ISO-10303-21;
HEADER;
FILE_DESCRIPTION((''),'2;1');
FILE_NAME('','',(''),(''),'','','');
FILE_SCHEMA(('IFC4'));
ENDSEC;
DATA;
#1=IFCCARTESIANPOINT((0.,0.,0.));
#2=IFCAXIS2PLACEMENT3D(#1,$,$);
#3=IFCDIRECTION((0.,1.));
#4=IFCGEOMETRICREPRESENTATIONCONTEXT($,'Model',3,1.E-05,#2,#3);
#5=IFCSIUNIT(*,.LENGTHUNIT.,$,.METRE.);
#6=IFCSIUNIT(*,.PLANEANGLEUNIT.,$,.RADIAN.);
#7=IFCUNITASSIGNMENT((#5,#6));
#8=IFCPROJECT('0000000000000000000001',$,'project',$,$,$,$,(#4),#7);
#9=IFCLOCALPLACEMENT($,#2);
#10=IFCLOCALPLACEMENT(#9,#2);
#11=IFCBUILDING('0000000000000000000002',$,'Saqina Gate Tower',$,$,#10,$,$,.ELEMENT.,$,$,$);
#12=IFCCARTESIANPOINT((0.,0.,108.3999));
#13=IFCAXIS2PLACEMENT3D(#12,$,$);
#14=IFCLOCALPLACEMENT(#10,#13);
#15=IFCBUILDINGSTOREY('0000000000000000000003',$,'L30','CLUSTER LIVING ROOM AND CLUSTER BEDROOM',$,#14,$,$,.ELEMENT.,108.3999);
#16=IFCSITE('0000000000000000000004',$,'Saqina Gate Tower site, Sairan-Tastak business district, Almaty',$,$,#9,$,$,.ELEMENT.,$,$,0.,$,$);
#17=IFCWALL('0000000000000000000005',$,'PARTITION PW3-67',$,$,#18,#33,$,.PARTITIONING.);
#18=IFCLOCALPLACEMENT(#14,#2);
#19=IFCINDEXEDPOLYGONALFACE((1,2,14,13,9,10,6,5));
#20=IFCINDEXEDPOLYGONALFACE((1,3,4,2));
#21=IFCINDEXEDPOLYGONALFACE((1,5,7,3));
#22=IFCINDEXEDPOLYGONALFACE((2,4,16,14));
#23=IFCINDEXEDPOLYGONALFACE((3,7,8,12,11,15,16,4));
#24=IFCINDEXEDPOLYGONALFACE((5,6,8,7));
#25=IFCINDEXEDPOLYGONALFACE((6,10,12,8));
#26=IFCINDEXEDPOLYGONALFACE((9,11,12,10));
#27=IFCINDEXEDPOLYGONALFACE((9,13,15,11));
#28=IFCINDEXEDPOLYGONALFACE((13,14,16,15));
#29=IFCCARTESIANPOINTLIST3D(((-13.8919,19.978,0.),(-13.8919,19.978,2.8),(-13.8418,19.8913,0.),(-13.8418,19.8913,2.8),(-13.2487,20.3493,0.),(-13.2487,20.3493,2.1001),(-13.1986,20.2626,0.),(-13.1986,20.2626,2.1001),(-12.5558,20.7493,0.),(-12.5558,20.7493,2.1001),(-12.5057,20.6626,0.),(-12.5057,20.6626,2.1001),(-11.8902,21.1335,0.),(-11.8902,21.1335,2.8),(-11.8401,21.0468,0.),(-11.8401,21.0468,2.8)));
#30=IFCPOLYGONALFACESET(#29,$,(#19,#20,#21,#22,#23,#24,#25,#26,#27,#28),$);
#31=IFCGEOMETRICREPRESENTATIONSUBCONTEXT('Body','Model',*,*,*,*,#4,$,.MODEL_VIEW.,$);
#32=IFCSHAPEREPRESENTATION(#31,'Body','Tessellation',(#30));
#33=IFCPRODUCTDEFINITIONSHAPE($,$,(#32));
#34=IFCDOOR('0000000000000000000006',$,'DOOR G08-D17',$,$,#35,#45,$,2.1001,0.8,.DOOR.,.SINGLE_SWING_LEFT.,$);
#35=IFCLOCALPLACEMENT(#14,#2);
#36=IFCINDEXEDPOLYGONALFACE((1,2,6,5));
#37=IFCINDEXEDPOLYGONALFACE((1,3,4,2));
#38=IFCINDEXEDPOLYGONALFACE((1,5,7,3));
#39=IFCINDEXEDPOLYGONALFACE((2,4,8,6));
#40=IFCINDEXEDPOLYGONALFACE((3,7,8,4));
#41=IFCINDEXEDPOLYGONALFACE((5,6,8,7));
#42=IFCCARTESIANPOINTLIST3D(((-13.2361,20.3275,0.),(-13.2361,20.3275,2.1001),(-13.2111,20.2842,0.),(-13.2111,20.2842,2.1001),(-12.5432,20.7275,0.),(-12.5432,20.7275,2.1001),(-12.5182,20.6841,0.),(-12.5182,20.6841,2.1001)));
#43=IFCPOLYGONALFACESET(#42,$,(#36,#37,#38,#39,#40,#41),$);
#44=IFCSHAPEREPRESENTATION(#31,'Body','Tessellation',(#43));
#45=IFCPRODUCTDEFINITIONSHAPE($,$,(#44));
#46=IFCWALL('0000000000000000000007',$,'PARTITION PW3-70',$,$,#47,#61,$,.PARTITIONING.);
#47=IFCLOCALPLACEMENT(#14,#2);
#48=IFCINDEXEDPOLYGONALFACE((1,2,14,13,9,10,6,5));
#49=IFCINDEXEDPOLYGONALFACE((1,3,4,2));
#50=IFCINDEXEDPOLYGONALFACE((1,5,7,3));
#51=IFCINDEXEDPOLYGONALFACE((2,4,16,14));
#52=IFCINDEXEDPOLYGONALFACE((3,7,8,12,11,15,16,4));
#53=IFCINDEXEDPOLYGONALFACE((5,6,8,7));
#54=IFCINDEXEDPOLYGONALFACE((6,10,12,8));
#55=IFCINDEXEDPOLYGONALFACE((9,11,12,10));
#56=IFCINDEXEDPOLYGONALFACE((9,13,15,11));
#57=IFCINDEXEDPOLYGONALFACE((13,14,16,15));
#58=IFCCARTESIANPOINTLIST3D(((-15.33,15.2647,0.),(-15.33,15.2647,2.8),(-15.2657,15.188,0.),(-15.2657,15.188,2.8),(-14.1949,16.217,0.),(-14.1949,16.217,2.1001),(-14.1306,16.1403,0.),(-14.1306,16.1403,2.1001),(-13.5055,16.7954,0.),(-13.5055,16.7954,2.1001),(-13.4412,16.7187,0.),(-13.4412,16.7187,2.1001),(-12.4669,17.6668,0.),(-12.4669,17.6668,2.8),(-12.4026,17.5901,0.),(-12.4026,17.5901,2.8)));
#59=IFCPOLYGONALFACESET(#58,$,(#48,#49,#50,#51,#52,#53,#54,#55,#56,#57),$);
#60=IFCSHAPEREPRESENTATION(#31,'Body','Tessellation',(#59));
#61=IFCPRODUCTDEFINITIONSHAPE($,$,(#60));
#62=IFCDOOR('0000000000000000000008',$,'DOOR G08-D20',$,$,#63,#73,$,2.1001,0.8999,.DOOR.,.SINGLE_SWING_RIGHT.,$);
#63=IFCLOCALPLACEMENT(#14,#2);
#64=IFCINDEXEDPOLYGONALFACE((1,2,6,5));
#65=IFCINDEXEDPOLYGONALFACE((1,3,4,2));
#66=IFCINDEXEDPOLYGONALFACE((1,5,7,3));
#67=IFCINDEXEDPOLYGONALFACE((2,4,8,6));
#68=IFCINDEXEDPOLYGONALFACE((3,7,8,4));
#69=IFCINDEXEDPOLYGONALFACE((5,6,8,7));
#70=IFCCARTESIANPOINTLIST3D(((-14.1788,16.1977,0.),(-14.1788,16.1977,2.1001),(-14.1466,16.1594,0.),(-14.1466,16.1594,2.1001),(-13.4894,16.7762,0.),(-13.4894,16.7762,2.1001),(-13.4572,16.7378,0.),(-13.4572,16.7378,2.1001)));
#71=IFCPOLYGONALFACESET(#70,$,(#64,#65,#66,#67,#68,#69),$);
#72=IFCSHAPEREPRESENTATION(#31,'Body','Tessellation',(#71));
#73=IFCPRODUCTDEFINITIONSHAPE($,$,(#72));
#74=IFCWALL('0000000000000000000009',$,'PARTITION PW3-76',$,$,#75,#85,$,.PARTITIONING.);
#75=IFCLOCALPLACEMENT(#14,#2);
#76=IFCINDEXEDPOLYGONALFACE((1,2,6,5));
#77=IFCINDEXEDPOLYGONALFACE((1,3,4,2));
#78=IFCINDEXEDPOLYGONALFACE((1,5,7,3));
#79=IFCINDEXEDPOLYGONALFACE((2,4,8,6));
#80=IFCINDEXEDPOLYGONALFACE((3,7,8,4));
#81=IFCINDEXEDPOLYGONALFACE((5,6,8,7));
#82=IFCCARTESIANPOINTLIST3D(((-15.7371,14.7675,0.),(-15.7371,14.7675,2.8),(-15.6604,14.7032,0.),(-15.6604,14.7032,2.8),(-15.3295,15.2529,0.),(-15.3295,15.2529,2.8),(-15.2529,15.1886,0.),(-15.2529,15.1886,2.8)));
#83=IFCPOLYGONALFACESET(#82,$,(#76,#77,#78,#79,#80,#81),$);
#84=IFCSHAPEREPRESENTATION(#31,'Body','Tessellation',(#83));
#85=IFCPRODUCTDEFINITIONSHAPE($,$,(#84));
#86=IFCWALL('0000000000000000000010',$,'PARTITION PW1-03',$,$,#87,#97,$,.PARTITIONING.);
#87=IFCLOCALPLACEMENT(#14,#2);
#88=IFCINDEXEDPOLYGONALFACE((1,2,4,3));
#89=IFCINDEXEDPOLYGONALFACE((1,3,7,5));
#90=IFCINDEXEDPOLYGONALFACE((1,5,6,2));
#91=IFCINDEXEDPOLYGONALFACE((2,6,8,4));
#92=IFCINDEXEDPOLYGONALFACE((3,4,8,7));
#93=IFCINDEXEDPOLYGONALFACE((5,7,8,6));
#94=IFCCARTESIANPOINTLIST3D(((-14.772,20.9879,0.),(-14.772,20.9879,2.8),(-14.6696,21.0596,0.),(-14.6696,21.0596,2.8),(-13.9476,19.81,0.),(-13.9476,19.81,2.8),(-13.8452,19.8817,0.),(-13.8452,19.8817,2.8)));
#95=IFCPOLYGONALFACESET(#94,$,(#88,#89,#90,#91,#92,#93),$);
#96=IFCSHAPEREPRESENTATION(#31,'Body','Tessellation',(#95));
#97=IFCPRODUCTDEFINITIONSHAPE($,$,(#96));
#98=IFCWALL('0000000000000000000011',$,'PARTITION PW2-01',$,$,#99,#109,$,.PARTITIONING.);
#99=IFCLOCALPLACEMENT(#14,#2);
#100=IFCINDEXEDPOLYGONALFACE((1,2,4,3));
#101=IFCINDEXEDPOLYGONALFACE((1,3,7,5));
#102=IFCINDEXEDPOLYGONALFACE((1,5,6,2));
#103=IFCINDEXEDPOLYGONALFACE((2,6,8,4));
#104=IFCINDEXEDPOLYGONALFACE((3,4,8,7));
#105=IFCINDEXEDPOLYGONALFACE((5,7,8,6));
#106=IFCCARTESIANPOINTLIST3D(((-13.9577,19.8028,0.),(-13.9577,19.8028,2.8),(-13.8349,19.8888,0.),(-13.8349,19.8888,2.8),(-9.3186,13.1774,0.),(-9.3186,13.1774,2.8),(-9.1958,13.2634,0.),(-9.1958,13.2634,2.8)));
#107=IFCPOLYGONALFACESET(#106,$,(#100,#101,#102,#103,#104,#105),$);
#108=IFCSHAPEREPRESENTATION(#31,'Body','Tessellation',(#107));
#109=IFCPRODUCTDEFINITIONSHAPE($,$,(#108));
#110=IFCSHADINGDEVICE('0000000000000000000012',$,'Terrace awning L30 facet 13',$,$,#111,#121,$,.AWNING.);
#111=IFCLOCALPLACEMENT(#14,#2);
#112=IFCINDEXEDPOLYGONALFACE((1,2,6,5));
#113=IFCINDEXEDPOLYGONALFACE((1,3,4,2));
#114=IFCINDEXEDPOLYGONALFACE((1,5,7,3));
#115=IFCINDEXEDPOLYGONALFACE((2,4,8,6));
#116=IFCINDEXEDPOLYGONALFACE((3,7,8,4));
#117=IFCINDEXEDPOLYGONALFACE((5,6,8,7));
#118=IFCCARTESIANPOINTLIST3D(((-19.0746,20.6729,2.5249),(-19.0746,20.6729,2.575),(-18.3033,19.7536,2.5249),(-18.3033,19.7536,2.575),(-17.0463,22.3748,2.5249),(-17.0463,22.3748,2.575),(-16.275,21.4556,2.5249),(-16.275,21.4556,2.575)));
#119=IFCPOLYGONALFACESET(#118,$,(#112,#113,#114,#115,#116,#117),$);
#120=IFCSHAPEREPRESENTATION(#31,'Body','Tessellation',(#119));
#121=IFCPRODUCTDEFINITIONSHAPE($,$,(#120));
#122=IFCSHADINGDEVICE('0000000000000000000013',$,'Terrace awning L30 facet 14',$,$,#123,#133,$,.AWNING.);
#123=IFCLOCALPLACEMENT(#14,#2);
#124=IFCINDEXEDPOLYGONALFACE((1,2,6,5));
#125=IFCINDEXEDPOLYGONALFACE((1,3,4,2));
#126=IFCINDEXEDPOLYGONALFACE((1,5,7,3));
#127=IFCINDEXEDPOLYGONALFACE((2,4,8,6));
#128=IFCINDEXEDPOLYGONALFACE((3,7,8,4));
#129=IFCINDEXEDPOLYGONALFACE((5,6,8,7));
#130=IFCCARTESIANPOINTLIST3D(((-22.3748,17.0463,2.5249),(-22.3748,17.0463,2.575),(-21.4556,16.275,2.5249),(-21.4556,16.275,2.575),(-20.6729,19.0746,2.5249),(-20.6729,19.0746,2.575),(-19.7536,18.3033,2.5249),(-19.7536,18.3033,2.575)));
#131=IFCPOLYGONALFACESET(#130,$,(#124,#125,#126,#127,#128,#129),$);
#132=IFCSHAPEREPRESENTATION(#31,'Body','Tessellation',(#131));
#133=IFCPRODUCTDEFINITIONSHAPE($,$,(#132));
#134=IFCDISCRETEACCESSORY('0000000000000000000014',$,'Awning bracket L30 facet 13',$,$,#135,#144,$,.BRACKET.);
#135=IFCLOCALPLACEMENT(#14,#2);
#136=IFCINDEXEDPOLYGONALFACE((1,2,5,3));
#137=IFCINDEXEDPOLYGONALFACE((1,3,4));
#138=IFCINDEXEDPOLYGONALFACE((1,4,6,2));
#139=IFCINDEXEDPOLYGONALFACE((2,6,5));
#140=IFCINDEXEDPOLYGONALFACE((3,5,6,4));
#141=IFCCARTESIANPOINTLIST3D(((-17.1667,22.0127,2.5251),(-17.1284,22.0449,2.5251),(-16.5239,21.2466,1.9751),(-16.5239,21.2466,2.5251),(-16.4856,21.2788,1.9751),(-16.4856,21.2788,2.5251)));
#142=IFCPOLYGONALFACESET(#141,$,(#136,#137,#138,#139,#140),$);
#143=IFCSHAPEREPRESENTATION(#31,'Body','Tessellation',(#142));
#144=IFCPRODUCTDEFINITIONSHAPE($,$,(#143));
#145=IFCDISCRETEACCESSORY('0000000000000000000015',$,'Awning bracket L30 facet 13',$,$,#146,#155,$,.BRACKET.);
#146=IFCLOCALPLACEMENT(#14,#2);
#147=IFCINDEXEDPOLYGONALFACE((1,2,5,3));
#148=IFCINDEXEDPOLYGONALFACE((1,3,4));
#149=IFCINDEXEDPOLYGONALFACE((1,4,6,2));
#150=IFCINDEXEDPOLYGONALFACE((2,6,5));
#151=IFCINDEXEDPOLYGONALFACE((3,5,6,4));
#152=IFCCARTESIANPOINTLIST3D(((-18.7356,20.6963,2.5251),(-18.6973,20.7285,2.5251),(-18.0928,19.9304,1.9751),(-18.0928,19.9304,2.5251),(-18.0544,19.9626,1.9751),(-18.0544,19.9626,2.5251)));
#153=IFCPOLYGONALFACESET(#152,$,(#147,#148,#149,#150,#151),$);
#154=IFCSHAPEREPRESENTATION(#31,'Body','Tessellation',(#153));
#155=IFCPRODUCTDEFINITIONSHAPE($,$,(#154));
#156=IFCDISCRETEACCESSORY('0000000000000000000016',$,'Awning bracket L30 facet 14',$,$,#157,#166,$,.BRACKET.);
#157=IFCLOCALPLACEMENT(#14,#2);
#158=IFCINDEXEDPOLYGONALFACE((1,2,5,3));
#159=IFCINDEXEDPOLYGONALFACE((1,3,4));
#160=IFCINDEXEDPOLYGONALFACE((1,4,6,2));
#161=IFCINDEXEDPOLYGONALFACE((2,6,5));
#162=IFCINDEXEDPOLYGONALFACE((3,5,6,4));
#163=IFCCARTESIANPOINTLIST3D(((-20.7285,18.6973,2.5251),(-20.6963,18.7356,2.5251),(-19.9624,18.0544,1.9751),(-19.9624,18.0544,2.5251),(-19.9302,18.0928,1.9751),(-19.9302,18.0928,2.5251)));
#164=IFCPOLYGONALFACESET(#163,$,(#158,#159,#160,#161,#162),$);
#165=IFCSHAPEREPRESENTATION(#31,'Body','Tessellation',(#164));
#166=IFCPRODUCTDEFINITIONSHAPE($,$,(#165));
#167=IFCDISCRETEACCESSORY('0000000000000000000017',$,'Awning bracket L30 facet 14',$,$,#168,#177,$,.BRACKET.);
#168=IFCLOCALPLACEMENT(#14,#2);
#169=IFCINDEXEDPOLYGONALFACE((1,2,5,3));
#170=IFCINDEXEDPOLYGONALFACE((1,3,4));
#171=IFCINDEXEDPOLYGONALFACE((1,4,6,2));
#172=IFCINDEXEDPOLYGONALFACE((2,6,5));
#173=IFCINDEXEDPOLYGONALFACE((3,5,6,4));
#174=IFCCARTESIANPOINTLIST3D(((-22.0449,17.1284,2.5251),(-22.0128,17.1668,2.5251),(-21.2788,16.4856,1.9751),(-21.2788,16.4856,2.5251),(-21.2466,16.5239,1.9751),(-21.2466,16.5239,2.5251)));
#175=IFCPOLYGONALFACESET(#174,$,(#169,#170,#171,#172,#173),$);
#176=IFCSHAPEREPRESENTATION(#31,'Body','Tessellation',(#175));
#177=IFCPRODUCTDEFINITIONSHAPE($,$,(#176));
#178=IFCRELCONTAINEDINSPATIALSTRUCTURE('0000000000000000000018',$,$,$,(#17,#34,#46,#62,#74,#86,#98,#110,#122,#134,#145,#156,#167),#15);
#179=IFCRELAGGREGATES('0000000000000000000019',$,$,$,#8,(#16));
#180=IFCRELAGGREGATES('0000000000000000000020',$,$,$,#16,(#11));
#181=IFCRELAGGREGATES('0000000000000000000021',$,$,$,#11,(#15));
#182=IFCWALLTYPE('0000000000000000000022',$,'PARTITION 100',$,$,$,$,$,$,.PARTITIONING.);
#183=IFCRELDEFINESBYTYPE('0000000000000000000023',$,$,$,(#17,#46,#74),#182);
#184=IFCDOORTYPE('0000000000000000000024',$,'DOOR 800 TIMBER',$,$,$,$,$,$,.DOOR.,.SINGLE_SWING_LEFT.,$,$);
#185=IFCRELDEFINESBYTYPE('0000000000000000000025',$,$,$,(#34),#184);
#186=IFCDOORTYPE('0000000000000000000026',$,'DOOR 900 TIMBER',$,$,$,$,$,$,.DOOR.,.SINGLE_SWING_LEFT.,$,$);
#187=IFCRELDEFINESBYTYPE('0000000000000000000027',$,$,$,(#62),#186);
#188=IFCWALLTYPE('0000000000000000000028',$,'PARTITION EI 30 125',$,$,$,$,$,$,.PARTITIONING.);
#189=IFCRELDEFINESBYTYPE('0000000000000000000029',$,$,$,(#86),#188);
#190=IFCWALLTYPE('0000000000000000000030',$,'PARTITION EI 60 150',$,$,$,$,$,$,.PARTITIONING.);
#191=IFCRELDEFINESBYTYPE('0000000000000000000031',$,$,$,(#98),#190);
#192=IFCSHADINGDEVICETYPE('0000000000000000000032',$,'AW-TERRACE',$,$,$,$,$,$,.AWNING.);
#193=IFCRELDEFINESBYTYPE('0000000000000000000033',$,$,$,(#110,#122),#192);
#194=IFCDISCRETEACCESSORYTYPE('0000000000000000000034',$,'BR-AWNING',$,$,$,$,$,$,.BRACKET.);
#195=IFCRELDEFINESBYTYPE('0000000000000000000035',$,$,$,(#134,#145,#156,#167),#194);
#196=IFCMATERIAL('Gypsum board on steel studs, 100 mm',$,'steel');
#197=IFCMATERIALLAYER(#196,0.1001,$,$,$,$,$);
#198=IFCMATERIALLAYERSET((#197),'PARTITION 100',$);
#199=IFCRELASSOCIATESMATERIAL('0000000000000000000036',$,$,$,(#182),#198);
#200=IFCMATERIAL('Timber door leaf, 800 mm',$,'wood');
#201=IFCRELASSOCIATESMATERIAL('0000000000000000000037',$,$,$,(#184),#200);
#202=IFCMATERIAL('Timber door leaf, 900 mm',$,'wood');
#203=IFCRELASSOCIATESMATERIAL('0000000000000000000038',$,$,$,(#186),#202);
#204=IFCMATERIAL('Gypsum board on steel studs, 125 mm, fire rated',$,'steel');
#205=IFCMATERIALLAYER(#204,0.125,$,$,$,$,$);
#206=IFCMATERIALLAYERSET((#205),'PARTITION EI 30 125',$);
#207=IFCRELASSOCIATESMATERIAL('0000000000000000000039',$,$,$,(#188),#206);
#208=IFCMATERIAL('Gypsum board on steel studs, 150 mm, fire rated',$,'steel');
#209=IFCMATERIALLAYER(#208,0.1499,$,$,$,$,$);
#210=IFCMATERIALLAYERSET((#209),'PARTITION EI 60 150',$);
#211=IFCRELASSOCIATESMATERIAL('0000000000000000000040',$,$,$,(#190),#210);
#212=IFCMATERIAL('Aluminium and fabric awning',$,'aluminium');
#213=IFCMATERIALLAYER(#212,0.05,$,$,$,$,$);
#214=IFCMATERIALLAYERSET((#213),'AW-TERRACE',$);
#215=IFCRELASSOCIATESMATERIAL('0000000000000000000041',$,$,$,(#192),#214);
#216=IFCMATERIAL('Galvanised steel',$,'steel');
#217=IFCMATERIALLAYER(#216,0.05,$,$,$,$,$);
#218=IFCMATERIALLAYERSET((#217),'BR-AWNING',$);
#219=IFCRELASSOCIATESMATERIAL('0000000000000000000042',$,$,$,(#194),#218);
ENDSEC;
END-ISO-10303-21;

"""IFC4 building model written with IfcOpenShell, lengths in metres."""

from ifc_helpers import new_model, si_unit, direction, frame, frame_2d, origin, origin_2d, place, context, subcontext, project, spatial, polyline, rectangle, outline, extrude, material, layer, layer_set, type_object, element, fill, save


model = new_model("IFC4")

# Units and contexts
model_context = context("Model", 3, precision=1e-05, world=origin(), true_north=direction((0.0, 1.0)))
body_context = subcontext(model_context, "Body", "Model", "MODEL_VIEW")
ifc_project = project(units=[si_unit("LENGTHUNIT", "METRE"), si_unit("PLANEANGLEUNIT", "RADIAN")], contexts=[model_context])

# Site, building, storey
site_placement = place(None, origin())
site = spatial("IfcSite", under=ifc_project, at=site_placement, Name="Saqina Gate Tower site, Sairan-Tastak business district, Almaty", CompositionType="ELEMENT", RefElevation=0.0)
building_placement = place(site_placement, origin())
building = spatial("IfcBuilding", under=site, at=building_placement, Name="Saqina Gate Tower", CompositionType="ELEMENT")
storey_placement = place(building_placement, frame((0.0, 0.0, 108.3999)))
storey = spatial("IfcBuildingStorey", under=building, at=storey_placement, Name="L30", Description="CLUSTER LIVING ROOM AND CLUSTER BEDROOM", CompositionType="ELEMENT", Elevation=108.3999)

# Walls, openings, doors
ifc_material_1 = material(Name="Gypsum board on steel studs, 100 mm", Category="steel")
ifc_layer_1 = layer(ifc_material_1, 0.1001)
ifc_layer_set_1 = layer_set([ifc_layer_1], Name="PARTITION 100")
wall_type_1 = type_object("IfcWallType", Name="PARTITION 100", PredefinedType="PARTITIONING", material=ifc_layer_set_1)
wall_1_placement = place(storey_placement, frame((-13.8669, 19.9346, 0.0), z_axis=(0.0, 0.0, 1.0), x_axis=(0.866057, 0.499945, 0.0)))
wall_1 = element("IfcWall", 1, at=wall_1_placement, inside=storey, type_object=wall_type_1, Name="PARTITION PW3-67", PredefinedType="PARTITIONING", context=body_context, shape_type="SweptSolid", body=[
    extrude(rectangle(XDim=2.3113, YDim=0.1001, at=frame_2d((1.1558, 0.0))), origin(), (0.0, 0.0, 1.0), 2.8),
])
opening_1_placement = place(wall_1_placement, frame((0.7429, 0.0, 0.0)))
opening_1 = element("IfcOpeningElement", 2, at=opening_1_placement, cuts=wall_1, PredefinedType="OPENING", context=body_context, shape_type="SweptSolid", body=[
    extrude(rectangle(XDim=0.8, YDim=2.1001, at=frame_2d((0.3999, 1.05))), frame((0.0, 0.062, 0.0), z_axis=(0.0, -1.0, 0.0), x_axis=(1.0, 0.0, 0.0)), (0.0, 0.0, 1.0), 0.124),
])
ifc_material_2 = material(Name="Timber door leaf, 800 mm", Category="wood")
door_type_1 = type_object("IfcDoorType", Name="DOOR 800 TIMBER", OperationType="SINGLE_SWING_LEFT", PredefinedType="DOOR", material=ifc_material_2)
door_1_placement = place(opening_1_placement, origin())
door_1 = element("IfcDoor", 3, at=door_1_placement, inside=storey, type_object=door_type_1, Name="DOOR G08-D17", OperationType="SINGLE_SWING_LEFT", OverallHeight=2.1001, OverallWidth=0.8, PredefinedType="DOOR", context=body_context, shape_type="SweptSolid", body=[
    extrude(rectangle(XDim=0.8, YDim=2.1001, at=frame_2d((0.3999, 1.05))), frame((0.0, 0.0249, 0.0), z_axis=(0.0, -1.0, 0.0), x_axis=(1.0, 0.0, 0.0)), (0.0, 0.0, 1.0), 0.05),
])
fill(opening_1, door_1)
wall_2_placement = place(storey_placement, frame((-15.2979, 15.2263, 0.0), z_axis=(0.0, 0.0, 1.0), x_axis=(0.766081, 0.642745, 0.0)))
wall_2 = element("IfcWall", 4, at=wall_2_placement, inside=storey, type_object=wall_type_1, Name="PARTITION PW3-70", PredefinedType="PARTITIONING", context=body_context, shape_type="SweptSolid", body=[
    extrude(rectangle(XDim=3.7373, YDim=0.1001, at=frame_2d((1.8687, 0.0))), origin(), (0.0, 0.0, 1.0), 2.8),
])
opening_2_placement = place(wall_2_placement, frame((1.4817, 0.0, 0.0)))
opening_2 = element("IfcOpeningElement", 5, at=opening_2_placement, cuts=wall_2, PredefinedType="OPENING", context=body_context, shape_type="SweptSolid", body=[
    extrude(rectangle(XDim=0.8999, YDim=2.1001, at=frame_2d((0.45, 1.05))), frame((0.0, 0.062, 0.0), z_axis=(0.0, -1.0, 0.0), x_axis=(1.0, 0.0, 0.0)), (0.0, 0.0, 1.0), 0.124),
])
ifc_material_3 = material(Name="Timber door leaf, 900 mm", Category="wood")
door_type_2 = type_object("IfcDoorType", Name="DOOR 900 TIMBER", OperationType="SINGLE_SWING_LEFT", PredefinedType="DOOR", material=ifc_material_3)
door_2_placement = place(opening_2_placement, origin())
door_2 = element("IfcDoor", 6, at=door_2_placement, inside=storey, type_object=door_type_2, Name="DOOR G08-D20", OperationType="SINGLE_SWING_RIGHT", OverallHeight=2.1001, OverallWidth=0.8999, PredefinedType="DOOR", context=body_context, shape_type="SweptSolid", body=[
    extrude(rectangle(XDim=0.8999, YDim=2.1001, at=frame_2d((0.45, 1.05))), frame((0.0, 0.0249, 0.0), z_axis=(0.0, -1.0, 0.0), x_axis=(1.0, 0.0, 0.0)), (0.0, 0.0, 1.0), 0.05),
])
fill(opening_2, door_2)

# Walls
wall_3_placement = place(storey_placement, frame((-15.6987, 14.7354, 0.0), z_axis=(0.0, 0.0, 1.0), x_axis=(0.642984, 0.765879, 0.0)))
element("IfcWall", 7, at=wall_3_placement, inside=storey, type_object=wall_type_1, Name="PARTITION PW3-76", PredefinedType="PARTITIONING", context=body_context, shape_type="SweptSolid", body=[
    extrude(rectangle(XDim=0.6338, YDim=0.1001, at=frame_2d((0.3169, 0.0))), origin(), (0.0, 0.0, 1.0), 2.8),
])
ifc_material_4 = material(Name="Gypsum board on steel studs, 125 mm, fire rated", Category="steel")
ifc_layer_2 = layer(ifc_material_4, 0.125)
ifc_layer_set_2 = layer_set([ifc_layer_2], Name="PARTITION EI 30 125")
wall_type_2 = type_object("IfcWallType", Name="PARTITION EI 30 125", PredefinedType="PARTITIONING", material=ifc_layer_set_2)
wall_4_placement = place(storey_placement, frame((-14.7207, 21.0237, 0.0), z_axis=(0.0, 0.0, 1.0), x_axis=(0.573405, -0.819272, 0.0)))
element("IfcWall", 8, at=wall_4_placement, inside=storey, type_object=wall_type_2, Name="PARTITION PW1-03", PredefinedType="PARTITIONING", context=body_context, shape_type="SweptSolid", body=[
    extrude(rectangle(XDim=1.4377, YDim=0.125, at=frame_2d((0.7188, 0.0))), origin(), (0.0, 0.0, 1.0), 2.8),
])
ifc_material_5 = material(Name="Gypsum board on steel studs, 150 mm, fire rated", Category="steel")
ifc_layer_3 = layer(ifc_material_5, 0.1499)
ifc_layer_set_3 = layer_set([ifc_layer_3], Name="PARTITION EI 60 150")
wall_type_3 = type_object("IfcWallType", Name="PARTITION EI 60 150", PredefinedType="PARTITIONING", material=ifc_layer_set_3)
wall_5_placement = place(storey_placement, frame((-13.8962, 19.8457, 0.0), z_axis=(0.0, 0.0, 1.0), x_axis=(0.573572, -0.819155, 0.0)))
element("IfcWall", 9, at=wall_5_placement, inside=storey, type_object=wall_type_3, Name="PARTITION PW2-01", PredefinedType="PARTITIONING", context=body_context, shape_type="SweptSolid", body=[
    extrude(rectangle(XDim=8.0881, YDim=0.1499, at=frame_2d((4.0439, 0.0))), origin(), (0.0, 0.0, 1.0), 2.8),
])

# Shading devices
ifc_material_6 = material(Name="Aluminium and fabric awning", Category="aluminium")
ifc_layer_4 = layer(ifc_material_6, 0.05)
ifc_layer_set_4 = layer_set([ifc_layer_4], Name="AW-TERRACE")
shading_device_type = type_object("IfcShadingDeviceType", Name="AW-TERRACE", PredefinedType="AWNING", material=ifc_layer_set_4)
for number, where, z_axis, x_axis, name in (
    (10, (-17.6748, 21.0642, 2.5249), (0.0, 0.0, 1.0), (-0.766044, -0.642788, 0.0), "Terrace awning L30 facet 13"),
    (11, (-21.0642, 17.6748, 2.5249), (0.0, 0.0, 1.0), (-0.642788, -0.766044, 0.0), "Terrace awning L30 facet 14"),
):
    element("IfcShadingDevice", number, at=place(storey_placement, frame(where, z_axis=z_axis, x_axis=x_axis)), inside=storey, type_object=shading_device_type, Name=name, PredefinedType="AWNING", context=body_context, shape_type="SweptSolid", body=[
        extrude(rectangle(XDim=2.6477, YDim=1.2, at=origin_2d()), origin(), (0.0, 0.0, 1.0), 0.05),
    ])

# Discrete accessories
ifc_material_7 = material(Name="Galvanised steel", Category="steel")
ifc_layer_5 = layer(ifc_material_7, 0.05)
ifc_layer_set_5 = layer_set([ifc_layer_5], Name="BR-AWNING")
discrete_accessory_type = type_object("IfcDiscreteAccessoryType", Name="BR-AWNING", PredefinedType="BRACKET", material=ifc_layer_set_5)
discrete_accessory_1_placement = place(storey_placement, frame((-16.5239, 21.2466, 1.9751), z_axis=(-0.766056, -0.642774, 0.0), x_axis=(0.0, 0.0, 1.0)))
element("IfcDiscreteAccessory", 12, at=discrete_accessory_1_placement, inside=storey, type_object=discrete_accessory_type, Name="Awning bracket L30 facet 13", PredefinedType="BRACKET", context=body_context, shape_type="SweptSolid", body=[
    extrude(outline(polyline([(0.0, 0.0), (0.55, 0.0), (0.55, 1.0001), (0.0, 0.0)])), origin(), (0.0, 0.0, -1.0), 0.05),
])
discrete_accessory_2_placement = place(storey_placement, frame((-18.0928, 19.9304, 1.9751), z_axis=(-0.765955, -0.642894, 0.0), x_axis=(0.0, 0.0, 1.0)))
element("IfcDiscreteAccessory", 13, at=discrete_accessory_2_placement, inside=storey, type_object=discrete_accessory_type, Name="Awning bracket L30 facet 13", PredefinedType="BRACKET", context=body_context, shape_type="SweptSolid", body=[
    extrude(outline(polyline([(0.0, 0.0), (0.55, 0.0), (0.55, 0.9999), (0.0, 0.0)])), origin(), (0.0, 0.0, -1.0), 0.05),
])
for number, where, z_axis, x_axis, name in (
    (14, (-19.9624, 18.0544, 1.9751), (-0.642774, -0.766056, 0.0), (0.0, 0.0, 1.0), "Awning bracket L30 facet 14"),
    (15, (-21.2788, 16.4856, 1.9751), (-0.642774, -0.766056, 0.0), (0.0, 0.0, 1.0), "Awning bracket L30 facet 14"),
):
    element("IfcDiscreteAccessory", number, at=place(storey_placement, frame(where, z_axis=z_axis, x_axis=x_axis)), inside=storey, type_object=discrete_accessory_type, Name=name, PredefinedType="BRACKET", context=body_context, shape_type="SweptSolid", body=[
        extrude(outline(polyline([(0.0, 0.0), (0.55, 0.0), (0.55, 1.0001), (0.0, 0.0)])), origin(), (0.0, 0.0, -1.0), 0.05),
    ])

save(model, "model.ifc")
